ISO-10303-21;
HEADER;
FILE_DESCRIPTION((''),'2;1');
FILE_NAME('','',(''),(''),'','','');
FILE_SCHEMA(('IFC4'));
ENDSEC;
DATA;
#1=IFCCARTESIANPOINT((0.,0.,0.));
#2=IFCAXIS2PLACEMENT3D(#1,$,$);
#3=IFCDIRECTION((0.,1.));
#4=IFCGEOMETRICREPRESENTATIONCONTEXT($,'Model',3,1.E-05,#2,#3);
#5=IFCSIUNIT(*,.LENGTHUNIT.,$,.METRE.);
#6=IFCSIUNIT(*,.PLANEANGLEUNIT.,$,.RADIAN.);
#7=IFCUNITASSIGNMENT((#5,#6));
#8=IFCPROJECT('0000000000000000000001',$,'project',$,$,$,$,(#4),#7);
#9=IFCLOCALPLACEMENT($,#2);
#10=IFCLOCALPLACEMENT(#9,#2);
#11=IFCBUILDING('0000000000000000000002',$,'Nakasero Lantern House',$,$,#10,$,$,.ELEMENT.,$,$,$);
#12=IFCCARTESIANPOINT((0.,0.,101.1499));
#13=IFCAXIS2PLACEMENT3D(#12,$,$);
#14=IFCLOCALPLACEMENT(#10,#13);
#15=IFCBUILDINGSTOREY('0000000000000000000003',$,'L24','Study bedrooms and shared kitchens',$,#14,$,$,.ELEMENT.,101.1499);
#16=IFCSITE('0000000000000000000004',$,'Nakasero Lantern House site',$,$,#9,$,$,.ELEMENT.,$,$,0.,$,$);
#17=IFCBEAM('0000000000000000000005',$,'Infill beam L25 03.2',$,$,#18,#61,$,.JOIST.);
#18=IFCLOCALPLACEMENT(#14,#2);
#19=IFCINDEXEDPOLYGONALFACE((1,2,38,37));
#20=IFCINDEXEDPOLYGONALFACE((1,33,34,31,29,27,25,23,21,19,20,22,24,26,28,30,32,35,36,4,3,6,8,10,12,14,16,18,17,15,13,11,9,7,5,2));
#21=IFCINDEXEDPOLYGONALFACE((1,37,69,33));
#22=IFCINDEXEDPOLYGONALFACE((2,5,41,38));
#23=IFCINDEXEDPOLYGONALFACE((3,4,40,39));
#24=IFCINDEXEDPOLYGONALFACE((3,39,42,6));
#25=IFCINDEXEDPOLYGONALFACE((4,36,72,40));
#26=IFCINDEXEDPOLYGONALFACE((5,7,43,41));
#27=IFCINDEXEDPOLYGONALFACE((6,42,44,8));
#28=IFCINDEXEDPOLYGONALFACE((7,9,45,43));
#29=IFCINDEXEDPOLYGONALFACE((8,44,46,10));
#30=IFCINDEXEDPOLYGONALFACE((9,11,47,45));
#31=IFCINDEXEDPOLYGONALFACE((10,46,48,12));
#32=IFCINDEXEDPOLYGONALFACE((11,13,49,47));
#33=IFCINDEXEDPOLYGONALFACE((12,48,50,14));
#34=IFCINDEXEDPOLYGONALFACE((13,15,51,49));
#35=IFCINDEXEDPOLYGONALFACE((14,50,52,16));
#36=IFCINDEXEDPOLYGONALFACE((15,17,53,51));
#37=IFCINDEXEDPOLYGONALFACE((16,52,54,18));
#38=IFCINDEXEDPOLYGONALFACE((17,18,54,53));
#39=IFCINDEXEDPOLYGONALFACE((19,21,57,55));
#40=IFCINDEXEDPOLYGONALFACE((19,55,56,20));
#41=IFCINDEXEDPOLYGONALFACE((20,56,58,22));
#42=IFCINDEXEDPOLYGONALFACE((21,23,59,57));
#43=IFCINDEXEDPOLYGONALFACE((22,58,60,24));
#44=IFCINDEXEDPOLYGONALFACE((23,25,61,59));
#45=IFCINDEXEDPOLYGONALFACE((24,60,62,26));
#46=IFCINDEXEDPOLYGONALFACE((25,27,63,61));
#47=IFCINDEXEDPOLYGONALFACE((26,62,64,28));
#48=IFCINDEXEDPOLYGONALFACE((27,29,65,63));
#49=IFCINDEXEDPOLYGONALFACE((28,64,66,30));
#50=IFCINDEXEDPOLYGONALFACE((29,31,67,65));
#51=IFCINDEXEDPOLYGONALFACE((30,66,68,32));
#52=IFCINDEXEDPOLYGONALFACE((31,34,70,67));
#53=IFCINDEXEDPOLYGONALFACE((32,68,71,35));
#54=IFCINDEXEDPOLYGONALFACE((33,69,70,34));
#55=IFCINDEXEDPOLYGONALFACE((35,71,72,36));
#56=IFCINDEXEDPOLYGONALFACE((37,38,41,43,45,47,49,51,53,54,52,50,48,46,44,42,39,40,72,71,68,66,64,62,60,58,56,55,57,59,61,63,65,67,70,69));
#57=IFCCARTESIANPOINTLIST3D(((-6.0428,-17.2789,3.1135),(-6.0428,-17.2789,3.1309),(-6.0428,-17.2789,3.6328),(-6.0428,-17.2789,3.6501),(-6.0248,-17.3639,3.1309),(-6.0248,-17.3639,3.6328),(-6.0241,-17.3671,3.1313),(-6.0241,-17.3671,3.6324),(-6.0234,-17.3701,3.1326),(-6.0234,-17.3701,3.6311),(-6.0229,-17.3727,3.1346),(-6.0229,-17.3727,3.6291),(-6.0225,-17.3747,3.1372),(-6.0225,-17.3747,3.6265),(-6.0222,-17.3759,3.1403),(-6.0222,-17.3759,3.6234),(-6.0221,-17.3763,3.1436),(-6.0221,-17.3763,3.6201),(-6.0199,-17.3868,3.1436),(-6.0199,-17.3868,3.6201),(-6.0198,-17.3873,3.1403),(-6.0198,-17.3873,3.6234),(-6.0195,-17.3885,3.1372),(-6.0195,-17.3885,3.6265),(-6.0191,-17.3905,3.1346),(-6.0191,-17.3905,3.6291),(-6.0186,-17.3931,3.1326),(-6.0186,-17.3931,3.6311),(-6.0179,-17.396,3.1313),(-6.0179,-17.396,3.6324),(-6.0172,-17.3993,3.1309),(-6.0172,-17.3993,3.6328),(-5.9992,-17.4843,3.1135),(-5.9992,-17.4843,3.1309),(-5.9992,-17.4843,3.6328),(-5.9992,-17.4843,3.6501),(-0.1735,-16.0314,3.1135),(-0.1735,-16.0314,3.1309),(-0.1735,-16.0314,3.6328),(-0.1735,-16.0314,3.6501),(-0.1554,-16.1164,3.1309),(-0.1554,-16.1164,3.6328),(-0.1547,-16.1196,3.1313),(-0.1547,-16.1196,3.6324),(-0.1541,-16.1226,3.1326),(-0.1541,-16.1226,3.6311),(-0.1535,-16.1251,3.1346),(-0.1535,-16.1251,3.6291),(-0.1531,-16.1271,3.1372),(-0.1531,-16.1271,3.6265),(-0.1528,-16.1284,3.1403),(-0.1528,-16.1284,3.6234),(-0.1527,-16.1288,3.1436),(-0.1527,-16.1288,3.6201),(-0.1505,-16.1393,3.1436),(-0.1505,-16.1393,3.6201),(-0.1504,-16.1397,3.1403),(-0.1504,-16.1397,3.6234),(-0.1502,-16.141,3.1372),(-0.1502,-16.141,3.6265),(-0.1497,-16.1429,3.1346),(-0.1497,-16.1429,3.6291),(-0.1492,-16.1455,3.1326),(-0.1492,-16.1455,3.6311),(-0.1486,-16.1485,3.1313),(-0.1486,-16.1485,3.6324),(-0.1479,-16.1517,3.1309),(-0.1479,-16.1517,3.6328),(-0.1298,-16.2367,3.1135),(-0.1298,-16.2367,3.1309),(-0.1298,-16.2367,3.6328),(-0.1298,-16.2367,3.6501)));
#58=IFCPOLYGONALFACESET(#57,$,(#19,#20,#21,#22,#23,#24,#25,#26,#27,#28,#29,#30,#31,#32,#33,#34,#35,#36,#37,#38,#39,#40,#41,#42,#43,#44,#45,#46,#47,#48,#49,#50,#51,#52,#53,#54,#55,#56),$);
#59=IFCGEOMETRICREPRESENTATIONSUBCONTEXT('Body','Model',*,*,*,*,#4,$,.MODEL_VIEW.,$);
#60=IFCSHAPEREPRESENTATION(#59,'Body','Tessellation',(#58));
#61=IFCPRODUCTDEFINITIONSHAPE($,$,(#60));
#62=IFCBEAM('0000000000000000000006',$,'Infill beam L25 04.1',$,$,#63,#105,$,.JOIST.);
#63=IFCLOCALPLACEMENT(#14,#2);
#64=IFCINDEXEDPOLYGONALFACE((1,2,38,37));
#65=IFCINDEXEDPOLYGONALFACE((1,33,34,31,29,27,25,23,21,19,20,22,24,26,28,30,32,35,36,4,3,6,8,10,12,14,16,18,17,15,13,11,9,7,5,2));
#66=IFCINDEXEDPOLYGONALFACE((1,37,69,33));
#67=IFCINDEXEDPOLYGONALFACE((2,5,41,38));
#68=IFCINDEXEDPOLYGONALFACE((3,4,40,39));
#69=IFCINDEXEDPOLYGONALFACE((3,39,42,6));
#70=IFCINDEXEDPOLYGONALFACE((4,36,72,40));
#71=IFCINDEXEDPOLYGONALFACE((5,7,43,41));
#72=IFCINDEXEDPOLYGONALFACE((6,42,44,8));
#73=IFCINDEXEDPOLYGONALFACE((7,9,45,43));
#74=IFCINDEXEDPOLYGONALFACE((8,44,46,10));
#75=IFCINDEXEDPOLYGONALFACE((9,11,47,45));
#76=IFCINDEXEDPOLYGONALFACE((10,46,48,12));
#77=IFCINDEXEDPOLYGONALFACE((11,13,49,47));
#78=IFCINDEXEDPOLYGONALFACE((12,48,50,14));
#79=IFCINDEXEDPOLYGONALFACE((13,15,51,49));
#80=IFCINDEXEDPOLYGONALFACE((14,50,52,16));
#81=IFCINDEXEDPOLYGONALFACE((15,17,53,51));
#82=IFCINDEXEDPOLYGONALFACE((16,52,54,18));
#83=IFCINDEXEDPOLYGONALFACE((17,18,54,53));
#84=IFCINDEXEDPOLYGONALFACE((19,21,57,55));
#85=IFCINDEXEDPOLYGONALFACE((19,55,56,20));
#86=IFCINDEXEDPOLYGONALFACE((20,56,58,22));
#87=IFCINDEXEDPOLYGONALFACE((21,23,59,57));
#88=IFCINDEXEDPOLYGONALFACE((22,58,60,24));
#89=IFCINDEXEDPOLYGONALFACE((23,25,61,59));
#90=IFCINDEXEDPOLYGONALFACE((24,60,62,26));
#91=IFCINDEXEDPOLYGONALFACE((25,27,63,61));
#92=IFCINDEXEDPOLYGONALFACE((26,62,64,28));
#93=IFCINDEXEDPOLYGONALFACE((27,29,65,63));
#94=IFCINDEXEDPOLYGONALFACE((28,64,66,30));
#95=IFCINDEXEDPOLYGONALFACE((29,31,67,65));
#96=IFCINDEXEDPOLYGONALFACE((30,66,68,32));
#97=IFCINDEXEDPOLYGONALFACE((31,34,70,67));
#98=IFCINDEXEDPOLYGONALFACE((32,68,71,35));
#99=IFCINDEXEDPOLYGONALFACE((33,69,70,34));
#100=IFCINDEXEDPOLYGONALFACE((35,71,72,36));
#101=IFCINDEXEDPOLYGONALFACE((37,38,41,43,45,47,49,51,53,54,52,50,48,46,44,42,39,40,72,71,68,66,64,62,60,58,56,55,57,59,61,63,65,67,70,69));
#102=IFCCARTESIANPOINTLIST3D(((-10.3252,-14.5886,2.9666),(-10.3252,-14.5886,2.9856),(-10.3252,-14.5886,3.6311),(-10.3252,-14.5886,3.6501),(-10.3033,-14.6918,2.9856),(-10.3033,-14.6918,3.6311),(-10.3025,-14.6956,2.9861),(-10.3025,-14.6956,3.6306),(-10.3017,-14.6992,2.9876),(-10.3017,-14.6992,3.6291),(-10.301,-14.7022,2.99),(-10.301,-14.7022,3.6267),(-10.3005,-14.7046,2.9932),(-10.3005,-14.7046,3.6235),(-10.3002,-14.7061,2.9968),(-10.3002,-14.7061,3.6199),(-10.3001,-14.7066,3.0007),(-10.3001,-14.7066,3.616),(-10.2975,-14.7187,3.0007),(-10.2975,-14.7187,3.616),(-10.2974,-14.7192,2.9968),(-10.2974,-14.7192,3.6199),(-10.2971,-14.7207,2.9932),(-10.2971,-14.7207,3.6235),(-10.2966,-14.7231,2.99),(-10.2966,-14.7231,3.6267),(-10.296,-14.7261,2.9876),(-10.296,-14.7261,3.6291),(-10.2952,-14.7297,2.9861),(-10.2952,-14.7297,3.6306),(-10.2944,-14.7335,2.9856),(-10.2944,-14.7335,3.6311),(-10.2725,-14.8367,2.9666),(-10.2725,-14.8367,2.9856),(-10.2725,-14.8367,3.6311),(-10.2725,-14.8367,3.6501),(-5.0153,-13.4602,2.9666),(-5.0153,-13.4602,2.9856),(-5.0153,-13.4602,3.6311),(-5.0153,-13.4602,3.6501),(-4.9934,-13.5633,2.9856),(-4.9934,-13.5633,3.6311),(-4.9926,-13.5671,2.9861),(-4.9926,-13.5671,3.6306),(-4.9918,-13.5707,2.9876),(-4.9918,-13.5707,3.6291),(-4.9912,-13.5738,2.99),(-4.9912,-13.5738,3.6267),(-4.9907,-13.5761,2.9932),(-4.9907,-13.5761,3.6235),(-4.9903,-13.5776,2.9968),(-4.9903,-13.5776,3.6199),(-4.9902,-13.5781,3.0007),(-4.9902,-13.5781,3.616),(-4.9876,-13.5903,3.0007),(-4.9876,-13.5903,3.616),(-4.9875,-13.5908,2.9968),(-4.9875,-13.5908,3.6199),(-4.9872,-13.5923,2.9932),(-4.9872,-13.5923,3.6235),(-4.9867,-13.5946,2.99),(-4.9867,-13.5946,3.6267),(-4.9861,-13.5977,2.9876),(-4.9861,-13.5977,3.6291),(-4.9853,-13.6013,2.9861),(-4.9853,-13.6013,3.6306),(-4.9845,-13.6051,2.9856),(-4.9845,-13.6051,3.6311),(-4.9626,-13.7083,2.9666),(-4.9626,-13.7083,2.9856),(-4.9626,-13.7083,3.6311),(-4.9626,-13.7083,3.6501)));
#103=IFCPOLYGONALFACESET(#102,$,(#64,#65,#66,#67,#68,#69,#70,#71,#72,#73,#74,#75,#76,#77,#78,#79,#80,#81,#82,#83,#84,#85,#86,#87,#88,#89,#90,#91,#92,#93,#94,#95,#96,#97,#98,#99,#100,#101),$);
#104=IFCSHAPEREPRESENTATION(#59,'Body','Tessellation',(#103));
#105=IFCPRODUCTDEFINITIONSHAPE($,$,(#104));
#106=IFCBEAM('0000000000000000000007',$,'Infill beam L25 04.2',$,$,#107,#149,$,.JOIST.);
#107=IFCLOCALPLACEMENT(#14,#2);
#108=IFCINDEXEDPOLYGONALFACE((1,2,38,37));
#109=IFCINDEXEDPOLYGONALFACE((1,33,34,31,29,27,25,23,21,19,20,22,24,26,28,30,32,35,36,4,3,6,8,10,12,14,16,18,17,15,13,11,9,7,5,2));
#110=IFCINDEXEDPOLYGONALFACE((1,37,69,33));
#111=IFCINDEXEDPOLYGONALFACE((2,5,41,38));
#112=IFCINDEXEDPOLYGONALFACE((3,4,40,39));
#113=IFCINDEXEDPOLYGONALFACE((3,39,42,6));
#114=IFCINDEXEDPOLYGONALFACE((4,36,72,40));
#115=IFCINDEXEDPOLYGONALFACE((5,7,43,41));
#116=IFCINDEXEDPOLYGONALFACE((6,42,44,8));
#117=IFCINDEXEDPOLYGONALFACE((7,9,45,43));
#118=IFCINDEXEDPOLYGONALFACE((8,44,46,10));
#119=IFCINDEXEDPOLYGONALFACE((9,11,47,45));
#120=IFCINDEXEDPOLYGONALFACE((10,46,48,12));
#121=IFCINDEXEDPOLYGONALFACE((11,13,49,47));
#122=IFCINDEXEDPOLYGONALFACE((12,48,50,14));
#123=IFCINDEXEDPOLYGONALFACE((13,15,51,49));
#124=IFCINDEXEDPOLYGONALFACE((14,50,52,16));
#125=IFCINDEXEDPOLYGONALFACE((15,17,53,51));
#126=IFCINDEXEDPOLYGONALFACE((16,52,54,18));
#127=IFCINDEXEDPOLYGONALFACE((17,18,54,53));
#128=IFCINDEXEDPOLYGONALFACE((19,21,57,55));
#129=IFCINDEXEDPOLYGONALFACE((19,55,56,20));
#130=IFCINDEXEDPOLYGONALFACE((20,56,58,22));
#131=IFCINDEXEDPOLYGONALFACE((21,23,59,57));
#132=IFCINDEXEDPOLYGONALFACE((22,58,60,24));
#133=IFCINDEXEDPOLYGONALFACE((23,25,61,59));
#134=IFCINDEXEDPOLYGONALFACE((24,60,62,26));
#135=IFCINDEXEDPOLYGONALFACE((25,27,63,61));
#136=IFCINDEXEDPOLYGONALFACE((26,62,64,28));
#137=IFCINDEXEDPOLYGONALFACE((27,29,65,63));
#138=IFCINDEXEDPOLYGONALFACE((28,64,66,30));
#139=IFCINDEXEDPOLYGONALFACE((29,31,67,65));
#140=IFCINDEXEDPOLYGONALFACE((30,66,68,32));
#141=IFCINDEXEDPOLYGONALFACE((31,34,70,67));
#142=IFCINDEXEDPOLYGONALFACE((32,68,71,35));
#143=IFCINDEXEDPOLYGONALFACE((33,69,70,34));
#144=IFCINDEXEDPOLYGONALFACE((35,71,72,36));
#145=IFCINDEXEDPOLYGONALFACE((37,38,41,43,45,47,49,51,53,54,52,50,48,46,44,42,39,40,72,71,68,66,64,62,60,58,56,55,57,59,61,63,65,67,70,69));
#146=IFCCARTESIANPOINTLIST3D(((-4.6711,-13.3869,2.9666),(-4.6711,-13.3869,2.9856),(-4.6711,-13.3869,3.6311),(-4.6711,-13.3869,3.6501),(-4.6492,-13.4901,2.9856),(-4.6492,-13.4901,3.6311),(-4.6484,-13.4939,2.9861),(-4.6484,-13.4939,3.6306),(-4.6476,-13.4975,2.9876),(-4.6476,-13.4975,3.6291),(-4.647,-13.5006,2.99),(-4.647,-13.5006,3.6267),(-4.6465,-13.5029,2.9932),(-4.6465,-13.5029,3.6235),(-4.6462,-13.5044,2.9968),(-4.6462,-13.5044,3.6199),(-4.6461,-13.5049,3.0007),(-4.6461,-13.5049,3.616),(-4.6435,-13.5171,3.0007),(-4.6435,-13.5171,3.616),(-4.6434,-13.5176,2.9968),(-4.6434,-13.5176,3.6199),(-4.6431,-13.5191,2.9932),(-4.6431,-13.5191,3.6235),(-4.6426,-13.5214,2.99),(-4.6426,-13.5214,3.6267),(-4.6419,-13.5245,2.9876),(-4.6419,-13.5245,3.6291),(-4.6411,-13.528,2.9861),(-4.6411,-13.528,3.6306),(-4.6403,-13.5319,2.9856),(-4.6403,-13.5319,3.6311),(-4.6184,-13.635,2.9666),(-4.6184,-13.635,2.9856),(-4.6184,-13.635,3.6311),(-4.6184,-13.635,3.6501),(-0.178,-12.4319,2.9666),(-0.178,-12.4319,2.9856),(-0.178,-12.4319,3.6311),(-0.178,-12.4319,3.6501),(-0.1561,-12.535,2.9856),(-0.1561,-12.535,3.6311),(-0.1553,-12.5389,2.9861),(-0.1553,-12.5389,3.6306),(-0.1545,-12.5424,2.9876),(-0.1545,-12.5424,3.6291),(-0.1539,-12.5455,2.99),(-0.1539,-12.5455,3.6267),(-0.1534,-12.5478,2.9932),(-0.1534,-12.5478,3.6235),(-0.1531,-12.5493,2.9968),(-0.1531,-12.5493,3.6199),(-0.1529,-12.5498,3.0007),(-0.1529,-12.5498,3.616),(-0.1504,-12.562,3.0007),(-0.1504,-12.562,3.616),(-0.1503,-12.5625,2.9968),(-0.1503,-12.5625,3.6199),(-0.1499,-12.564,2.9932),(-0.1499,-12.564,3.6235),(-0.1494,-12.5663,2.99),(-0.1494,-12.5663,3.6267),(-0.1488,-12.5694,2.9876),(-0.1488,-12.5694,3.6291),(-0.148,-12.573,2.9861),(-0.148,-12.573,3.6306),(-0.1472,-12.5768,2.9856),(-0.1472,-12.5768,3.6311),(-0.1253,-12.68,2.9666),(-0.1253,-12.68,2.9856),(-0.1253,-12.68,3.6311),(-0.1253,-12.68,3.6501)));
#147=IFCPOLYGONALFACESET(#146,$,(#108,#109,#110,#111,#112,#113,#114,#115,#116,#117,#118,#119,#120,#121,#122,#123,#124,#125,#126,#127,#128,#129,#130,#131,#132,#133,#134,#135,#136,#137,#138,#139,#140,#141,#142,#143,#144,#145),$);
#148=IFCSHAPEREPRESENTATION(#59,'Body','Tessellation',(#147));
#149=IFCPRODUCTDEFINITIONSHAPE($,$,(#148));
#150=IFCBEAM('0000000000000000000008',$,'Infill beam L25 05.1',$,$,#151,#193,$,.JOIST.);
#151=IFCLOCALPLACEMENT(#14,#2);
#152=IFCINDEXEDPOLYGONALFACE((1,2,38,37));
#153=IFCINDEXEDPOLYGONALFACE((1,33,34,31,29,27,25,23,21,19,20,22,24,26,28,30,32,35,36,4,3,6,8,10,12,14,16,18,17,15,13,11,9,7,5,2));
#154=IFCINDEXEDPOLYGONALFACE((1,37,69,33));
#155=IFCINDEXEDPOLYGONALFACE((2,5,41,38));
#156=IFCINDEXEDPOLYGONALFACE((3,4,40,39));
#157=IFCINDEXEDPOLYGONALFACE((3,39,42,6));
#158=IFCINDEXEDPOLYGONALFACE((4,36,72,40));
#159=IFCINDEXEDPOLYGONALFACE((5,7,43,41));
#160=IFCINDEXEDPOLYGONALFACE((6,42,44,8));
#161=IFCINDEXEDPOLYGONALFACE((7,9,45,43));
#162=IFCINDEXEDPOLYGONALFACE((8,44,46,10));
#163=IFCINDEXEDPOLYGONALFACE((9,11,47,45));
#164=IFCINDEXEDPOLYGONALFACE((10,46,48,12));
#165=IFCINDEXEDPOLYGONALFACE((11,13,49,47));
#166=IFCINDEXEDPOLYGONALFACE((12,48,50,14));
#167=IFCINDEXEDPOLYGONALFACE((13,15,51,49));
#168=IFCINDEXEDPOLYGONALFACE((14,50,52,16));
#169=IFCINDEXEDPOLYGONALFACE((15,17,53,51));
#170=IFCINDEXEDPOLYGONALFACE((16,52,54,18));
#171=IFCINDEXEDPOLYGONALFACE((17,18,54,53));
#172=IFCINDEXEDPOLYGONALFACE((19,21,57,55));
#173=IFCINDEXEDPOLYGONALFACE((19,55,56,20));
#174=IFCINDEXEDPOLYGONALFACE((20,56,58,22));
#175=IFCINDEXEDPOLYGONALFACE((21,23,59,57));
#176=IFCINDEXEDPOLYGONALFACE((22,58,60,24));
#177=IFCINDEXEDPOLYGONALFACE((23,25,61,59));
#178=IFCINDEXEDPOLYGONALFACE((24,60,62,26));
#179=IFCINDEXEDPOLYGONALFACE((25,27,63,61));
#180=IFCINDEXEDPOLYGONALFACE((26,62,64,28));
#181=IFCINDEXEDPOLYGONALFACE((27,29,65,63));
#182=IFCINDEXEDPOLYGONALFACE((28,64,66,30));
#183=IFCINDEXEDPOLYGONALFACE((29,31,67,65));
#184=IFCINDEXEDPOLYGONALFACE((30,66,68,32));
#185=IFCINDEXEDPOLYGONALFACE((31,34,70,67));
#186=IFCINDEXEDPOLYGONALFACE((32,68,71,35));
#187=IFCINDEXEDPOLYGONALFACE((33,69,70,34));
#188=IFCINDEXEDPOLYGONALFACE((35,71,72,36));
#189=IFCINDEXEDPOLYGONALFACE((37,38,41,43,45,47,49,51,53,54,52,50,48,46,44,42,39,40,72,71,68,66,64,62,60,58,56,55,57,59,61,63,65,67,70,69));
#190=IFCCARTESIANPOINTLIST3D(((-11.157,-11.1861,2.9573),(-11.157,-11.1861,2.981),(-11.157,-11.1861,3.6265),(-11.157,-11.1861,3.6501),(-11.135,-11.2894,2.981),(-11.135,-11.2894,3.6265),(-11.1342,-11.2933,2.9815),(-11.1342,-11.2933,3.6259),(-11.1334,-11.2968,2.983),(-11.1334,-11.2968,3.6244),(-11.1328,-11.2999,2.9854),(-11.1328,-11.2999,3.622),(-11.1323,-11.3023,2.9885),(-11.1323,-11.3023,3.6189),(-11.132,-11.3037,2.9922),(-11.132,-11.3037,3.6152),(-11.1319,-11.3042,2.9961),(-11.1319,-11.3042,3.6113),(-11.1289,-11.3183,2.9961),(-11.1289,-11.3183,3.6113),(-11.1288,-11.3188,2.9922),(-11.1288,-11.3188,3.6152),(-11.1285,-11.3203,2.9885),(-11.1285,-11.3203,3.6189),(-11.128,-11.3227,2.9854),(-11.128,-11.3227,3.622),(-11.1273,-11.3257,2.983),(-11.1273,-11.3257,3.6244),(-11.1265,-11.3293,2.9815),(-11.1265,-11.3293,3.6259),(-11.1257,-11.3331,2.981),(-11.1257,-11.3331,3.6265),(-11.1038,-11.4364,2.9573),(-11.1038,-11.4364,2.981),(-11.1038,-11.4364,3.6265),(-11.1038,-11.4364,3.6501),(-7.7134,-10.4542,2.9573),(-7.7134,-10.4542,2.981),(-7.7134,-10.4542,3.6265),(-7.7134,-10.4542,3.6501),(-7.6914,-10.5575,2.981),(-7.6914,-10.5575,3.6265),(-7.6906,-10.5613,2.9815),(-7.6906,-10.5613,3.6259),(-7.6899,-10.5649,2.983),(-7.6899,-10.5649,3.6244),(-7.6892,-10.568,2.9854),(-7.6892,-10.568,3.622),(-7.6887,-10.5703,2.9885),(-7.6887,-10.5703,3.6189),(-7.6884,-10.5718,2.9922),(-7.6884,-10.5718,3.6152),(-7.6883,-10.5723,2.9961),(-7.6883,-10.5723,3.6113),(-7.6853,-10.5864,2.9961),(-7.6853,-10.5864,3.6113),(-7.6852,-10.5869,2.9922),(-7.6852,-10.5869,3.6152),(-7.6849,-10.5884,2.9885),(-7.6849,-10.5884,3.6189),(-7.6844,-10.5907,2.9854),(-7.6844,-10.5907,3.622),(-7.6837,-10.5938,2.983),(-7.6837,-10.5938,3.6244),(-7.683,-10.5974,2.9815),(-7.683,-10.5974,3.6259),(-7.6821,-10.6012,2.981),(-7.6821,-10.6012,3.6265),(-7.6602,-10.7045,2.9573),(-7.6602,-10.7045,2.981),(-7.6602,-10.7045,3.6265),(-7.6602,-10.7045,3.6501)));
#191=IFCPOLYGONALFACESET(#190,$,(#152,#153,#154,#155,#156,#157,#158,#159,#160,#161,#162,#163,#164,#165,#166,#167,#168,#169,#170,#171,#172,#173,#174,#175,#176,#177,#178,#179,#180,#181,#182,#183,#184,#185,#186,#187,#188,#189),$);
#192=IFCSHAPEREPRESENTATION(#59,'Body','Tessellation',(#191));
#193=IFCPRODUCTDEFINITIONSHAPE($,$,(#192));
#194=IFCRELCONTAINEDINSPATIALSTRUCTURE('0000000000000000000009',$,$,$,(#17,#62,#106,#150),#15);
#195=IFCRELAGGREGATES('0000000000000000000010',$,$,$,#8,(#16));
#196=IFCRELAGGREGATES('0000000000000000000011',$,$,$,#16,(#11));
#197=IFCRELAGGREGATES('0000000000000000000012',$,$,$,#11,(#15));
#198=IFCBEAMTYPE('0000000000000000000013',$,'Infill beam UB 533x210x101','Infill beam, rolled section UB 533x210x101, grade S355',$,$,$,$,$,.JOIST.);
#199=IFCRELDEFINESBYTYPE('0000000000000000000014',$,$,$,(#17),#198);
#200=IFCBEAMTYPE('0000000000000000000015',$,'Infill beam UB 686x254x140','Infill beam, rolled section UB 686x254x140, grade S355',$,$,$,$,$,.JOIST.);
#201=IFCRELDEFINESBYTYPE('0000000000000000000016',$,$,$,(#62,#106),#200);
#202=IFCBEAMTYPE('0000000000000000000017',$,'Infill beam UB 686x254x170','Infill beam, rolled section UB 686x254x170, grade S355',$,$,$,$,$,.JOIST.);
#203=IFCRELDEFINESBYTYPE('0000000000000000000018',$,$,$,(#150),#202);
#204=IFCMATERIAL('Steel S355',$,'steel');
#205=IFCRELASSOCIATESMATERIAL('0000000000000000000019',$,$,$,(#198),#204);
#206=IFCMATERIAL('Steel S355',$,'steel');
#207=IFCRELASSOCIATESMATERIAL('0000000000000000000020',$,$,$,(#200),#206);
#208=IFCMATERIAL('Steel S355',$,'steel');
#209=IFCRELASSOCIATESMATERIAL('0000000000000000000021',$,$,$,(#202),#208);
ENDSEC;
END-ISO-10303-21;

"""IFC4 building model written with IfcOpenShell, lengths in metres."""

from ifc_helpers import new_model, si_unit, direction, frame, origin, origin_2d, place, context, subcontext, project, spatial, i_section, extrude, material, material_profile, profile_set, type_object, element, save


model = new_model("IFC4")

# Units and contexts
model_context = context("Model", 3, precision=1e-05, world=origin(), true_north=direction((0.0, 1.0)))
body_context = subcontext(model_context, "Body", "Model", "MODEL_VIEW")
ifc_project = project(units=[si_unit("LENGTHUNIT", "METRE"), si_unit("PLANEANGLEUNIT", "RADIAN")], contexts=[model_context])

# Site, building, storey
site_placement = place(None, origin())
site = spatial("IfcSite", under=ifc_project, at=site_placement, Name="Nakasero Lantern House site", CompositionType="ELEMENT", RefElevation=0.0)
building_placement = place(site_placement, origin())
building = spatial("IfcBuilding", under=site, at=building_placement, Name="Nakasero Lantern House", CompositionType="ELEMENT")
storey_placement = place(building_placement, frame((0.0, 0.0, 101.1499)))
storey = spatial("IfcBuildingStorey", under=building, at=storey_placement, Name="L24", Description="Study bedrooms and shared kitchens", CompositionType="ELEMENT", Elevation=101.1499)

# Beams
ifc_material_1 = material(Name="Steel S355", Category="steel")
ifc_material_profile_1 = material_profile(ifc_material_1, i_section(OverallWidth=0.21, OverallDepth=0.5366, WebThickness=0.0107, FlangeThickness=0.0173, FilletRadius=0.0127, at=origin_2d()), Name="UB 533x210x101")
ifc_profile_set_1 = profile_set([ifc_material_profile_1], Name="Steel S355")
beam_type_1 = type_object("IfcBeamType", Name="Infill beam UB 533x210x101", Description="Infill beam, rolled section UB 533x210x101, grade S355", PredefinedType="JOIST", material=ifc_profile_set_1)
beam_1_placement = place(storey_placement, frame((-6.021, -17.3816, 3.3818), z_axis=(0.978148, 0.207909, 0.0), x_axis=(-0.207909, 0.978148, 0.0)))
element("IfcBeam", 1, at=beam_1_placement, inside=storey, type_object=beam_type_1, Name="Infill beam L25 03.2", PredefinedType="JOIST", context=body_context, shape_type="SweptSolid", body=[
    extrude(i_section(OverallWidth=0.21, OverallDepth=0.5366, WebThickness=0.0107, FlangeThickness=0.0173, FilletRadius=0.0127, at=origin_2d()), origin(), (0.0, 0.0, 1.0), 6.0005),
])
ifc_material_2 = material(Name="Steel S355", Category="steel")
ifc_material_profile_2 = material_profile(ifc_material_2, i_section(OverallWidth=0.2537, OverallDepth=0.6836, WebThickness=0.0125, FlangeThickness=0.019, FilletRadius=0.0151, at=origin_2d()), Name="UB 686x254x140")
ifc_profile_set_2 = profile_set([ifc_material_profile_2], Name="Steel S355")
beam_type_2 = type_object("IfcBeamType", Name="Infill beam UB 686x254x140", Description="Infill beam, rolled section UB 686x254x140, grade S355", PredefinedType="JOIST", material=ifc_profile_set_2)
beam_2_placement = place(storey_placement, frame((-10.2988, -14.7126, 3.3083), z_axis=(0.978156, 0.207873, 0.0), x_axis=(-0.207873, 0.978156, 0.0)))
element("IfcBeam", 2, at=beam_2_placement, inside=storey, type_object=beam_type_2, Name="Infill beam L25 04.1", PredefinedType="JOIST", context=body_context, shape_type="SweptSolid", body=[
    extrude(i_section(OverallWidth=0.2537, OverallDepth=0.6836, WebThickness=0.0125, FlangeThickness=0.019, FilletRadius=0.0151, at=origin_2d()), origin(), (0.0, 0.0, 1.0), 5.4285),
])
beam_3_placement = place(storey_placement, frame((-4.6448, -13.511, 3.3083), z_axis=(0.978146, 0.207917, 0.0), x_axis=(-0.207917, 0.978146, 0.0)))
element("IfcBeam", 3, at=beam_3_placement, inside=storey, type_object=beam_type_2, Name="Infill beam L25 04.2", PredefinedType="JOIST", context=body_context, shape_type="SweptSolid", body=[
    extrude(i_section(OverallWidth=0.2537, OverallDepth=0.6836, WebThickness=0.0125, FlangeThickness=0.019, FilletRadius=0.0151, at=origin_2d()), origin(), (0.0, 0.0, 1.0), 4.5935),
])
ifc_material_3 = material(Name="Steel S355", Category="steel")
ifc_material_profile_3 = material_profile(ifc_material_3, i_section(OverallWidth=0.2559, OverallDepth=0.6929, WebThickness=0.0144, FlangeThickness=0.0237, FilletRadius=0.0151, at=origin_2d()), Name="UB 686x254x170")
ifc_profile_set_3 = profile_set([ifc_material_profile_3], Name="Steel S355")
beam_type_3 = type_object("IfcBeamType", Name="Infill beam UB 686x254x170", Description="Infill beam, rolled section UB 686x254x170, grade S355", PredefinedType="JOIST", material=ifc_profile_set_3)
beam_4_placement = place(storey_placement, frame((-11.1304, -11.3113, 3.3037), z_axis=(0.978149, 0.207904, 0.0), x_axis=(-0.207904, 0.978149, 0.0)))
element("IfcBeam", 4, at=beam_4_placement, inside=storey, type_object=beam_type_3, Name="Infill beam L25 05.1", PredefinedType="JOIST", context=body_context, shape_type="SweptSolid", body=[
    extrude(i_section(OverallWidth=0.2559, OverallDepth=0.6929, WebThickness=0.0144, FlangeThickness=0.0237, FilletRadius=0.0151, at=origin_2d()), origin(), (0.0, 0.0, 1.0), 3.5205),
])

save(model, "model.ifc")
